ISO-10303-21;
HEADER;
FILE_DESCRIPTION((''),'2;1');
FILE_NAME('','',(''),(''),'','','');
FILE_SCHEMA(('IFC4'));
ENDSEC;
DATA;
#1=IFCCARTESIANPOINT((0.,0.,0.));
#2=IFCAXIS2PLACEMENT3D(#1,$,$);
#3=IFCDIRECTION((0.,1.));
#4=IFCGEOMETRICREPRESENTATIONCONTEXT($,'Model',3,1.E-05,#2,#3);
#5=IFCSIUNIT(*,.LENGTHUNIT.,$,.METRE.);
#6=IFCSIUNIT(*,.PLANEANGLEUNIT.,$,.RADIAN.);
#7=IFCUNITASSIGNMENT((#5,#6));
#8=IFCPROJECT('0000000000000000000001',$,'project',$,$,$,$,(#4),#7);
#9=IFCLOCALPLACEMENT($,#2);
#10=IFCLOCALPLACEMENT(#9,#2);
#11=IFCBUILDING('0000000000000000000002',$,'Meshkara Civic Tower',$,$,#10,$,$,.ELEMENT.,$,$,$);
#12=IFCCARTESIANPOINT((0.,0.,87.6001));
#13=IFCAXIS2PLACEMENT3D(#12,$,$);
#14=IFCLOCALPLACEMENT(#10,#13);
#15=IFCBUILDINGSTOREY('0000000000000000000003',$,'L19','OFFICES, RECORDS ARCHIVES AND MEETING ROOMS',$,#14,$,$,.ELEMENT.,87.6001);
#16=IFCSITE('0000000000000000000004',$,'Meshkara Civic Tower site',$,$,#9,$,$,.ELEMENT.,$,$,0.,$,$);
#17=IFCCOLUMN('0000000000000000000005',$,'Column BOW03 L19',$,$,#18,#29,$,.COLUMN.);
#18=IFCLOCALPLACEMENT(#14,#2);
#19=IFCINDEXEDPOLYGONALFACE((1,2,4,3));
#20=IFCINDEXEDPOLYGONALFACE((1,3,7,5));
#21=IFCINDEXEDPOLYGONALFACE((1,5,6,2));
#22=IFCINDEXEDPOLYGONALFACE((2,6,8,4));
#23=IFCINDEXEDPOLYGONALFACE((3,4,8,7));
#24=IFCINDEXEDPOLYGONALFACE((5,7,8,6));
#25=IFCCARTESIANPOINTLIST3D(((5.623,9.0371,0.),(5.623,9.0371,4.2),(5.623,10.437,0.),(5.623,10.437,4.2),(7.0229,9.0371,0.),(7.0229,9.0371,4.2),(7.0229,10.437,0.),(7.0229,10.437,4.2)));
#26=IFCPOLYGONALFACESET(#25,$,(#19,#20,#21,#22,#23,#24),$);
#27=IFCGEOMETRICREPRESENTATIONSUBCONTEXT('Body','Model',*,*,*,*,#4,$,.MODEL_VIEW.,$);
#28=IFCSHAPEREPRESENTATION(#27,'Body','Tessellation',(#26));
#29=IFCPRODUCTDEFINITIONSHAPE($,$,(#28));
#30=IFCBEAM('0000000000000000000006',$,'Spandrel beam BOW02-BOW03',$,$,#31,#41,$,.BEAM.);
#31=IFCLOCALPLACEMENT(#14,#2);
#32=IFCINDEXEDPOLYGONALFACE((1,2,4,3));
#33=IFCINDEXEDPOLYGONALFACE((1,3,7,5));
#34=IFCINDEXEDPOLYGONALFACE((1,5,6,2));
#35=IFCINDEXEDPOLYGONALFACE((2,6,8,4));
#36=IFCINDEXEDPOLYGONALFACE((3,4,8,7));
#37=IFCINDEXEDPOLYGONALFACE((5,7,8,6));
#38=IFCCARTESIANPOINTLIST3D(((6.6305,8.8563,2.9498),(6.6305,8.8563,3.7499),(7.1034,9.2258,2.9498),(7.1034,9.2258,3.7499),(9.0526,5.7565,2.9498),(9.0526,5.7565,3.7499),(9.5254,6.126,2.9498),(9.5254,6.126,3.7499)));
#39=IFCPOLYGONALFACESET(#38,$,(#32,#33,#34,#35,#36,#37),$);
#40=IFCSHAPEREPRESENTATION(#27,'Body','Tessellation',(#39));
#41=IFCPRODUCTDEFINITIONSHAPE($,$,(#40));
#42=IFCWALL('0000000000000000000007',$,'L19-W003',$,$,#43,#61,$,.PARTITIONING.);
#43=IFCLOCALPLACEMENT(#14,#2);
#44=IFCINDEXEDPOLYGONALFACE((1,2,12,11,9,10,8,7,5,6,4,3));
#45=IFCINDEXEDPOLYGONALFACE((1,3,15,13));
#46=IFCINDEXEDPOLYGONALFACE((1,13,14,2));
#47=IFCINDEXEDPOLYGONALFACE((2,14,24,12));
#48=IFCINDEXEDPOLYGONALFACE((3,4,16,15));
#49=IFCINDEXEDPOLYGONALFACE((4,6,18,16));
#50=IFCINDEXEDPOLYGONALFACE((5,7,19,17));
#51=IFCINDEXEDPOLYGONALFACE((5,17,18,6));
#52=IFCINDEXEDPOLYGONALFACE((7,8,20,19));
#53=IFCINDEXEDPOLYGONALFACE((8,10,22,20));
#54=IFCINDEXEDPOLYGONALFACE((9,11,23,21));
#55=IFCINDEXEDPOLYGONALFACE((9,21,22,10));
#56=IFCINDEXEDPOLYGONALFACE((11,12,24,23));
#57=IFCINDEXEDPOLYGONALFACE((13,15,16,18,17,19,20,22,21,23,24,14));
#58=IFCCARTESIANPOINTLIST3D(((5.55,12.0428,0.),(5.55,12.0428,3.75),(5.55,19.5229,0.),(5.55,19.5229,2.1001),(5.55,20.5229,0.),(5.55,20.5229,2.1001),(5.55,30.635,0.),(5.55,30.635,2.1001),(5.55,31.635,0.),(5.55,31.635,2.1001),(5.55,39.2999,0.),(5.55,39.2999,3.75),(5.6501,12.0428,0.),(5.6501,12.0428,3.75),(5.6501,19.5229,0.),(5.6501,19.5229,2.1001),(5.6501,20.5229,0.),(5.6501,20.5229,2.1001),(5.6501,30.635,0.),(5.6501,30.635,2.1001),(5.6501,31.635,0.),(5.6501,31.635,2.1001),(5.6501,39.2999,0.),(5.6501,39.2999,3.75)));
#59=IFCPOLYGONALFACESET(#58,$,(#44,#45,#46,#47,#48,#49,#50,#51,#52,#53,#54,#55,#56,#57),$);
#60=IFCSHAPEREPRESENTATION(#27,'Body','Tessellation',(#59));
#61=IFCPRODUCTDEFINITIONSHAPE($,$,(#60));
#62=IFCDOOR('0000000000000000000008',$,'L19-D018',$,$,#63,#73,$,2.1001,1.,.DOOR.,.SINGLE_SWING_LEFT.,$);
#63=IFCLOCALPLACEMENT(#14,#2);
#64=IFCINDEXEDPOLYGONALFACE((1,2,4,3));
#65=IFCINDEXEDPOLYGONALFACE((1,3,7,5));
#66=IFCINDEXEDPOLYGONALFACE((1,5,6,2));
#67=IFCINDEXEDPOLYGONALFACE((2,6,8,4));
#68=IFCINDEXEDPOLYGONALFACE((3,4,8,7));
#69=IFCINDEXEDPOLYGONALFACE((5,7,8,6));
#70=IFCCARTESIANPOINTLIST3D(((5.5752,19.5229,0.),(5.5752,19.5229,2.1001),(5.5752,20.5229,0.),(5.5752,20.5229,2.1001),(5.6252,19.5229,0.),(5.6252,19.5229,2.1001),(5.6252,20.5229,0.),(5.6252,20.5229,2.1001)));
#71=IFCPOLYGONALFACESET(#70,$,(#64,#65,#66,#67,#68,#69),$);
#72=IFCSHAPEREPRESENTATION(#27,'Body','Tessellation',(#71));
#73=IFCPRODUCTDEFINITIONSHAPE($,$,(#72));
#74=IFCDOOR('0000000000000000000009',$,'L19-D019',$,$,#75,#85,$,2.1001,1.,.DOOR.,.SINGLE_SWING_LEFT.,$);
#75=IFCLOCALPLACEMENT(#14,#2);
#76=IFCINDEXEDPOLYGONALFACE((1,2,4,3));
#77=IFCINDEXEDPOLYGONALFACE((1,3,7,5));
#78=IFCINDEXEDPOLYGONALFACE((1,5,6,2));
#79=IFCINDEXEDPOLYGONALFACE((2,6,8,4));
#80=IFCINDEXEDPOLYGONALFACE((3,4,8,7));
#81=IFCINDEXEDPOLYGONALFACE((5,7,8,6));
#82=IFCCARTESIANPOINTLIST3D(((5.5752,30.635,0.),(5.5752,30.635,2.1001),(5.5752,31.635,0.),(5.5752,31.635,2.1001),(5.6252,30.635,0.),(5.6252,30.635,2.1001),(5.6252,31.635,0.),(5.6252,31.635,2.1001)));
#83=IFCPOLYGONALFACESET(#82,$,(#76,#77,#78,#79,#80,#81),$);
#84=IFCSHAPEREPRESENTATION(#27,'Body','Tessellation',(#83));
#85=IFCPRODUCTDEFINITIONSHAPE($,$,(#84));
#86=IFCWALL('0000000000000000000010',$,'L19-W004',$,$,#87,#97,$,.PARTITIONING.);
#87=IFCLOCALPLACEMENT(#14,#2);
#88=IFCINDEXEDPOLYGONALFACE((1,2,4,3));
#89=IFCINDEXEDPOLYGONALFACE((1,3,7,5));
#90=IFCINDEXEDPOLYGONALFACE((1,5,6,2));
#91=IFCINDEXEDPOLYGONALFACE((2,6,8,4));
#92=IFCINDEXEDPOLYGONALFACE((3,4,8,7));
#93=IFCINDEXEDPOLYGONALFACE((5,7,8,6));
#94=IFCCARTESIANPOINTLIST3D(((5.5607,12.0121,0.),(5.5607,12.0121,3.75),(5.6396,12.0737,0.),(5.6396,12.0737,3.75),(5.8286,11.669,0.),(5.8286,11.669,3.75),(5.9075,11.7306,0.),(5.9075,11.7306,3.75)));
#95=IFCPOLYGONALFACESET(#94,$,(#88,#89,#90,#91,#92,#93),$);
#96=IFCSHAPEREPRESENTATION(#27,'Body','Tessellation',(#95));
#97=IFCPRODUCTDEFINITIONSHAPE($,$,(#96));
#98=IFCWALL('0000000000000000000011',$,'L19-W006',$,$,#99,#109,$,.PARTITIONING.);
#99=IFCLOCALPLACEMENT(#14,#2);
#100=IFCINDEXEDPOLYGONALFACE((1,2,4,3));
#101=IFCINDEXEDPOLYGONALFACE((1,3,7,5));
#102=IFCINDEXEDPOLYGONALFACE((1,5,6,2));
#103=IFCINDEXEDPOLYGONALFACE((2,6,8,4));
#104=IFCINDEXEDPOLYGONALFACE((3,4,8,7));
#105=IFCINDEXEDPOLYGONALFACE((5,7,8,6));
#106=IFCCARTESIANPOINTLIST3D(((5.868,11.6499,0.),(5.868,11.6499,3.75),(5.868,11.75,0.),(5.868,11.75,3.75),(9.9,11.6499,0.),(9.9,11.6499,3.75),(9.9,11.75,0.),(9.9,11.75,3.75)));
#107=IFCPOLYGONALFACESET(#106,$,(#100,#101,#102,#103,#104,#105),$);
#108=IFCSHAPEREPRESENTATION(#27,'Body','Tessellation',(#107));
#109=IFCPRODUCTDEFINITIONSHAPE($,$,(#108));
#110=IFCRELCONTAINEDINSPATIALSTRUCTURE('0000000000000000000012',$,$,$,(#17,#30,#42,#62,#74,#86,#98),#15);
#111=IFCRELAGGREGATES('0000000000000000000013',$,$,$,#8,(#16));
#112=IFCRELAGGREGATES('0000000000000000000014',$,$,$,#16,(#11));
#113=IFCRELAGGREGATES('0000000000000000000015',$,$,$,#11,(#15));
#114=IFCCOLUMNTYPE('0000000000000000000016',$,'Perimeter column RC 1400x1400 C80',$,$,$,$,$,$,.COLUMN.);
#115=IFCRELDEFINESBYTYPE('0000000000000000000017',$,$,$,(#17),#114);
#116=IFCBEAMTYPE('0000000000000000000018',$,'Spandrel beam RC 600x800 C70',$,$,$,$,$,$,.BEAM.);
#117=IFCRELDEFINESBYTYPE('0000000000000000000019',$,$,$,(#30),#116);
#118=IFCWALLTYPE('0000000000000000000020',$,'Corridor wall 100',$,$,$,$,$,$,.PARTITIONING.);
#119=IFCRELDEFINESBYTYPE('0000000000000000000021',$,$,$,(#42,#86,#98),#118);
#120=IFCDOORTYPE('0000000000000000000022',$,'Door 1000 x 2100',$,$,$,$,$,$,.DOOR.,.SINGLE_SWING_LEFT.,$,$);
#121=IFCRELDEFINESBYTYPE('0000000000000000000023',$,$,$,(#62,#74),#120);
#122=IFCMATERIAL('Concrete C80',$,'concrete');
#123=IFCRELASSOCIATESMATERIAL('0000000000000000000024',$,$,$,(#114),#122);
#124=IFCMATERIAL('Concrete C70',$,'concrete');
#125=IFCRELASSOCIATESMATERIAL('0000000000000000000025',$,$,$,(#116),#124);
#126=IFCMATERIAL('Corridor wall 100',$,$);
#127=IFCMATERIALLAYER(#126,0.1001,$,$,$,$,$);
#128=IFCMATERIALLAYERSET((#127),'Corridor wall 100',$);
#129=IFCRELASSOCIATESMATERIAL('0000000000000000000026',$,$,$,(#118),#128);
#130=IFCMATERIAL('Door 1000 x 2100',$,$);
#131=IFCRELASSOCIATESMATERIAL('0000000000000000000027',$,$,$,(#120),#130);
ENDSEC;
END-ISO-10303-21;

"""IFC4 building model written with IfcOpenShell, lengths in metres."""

from ifc_helpers import new_model, si_unit, direction, frame, frame_2d, origin, origin_2d, place, context, subcontext, project, spatial, rectangle, extrude, material, layer, layer_set, material_profile, profile_set, type_object, element, fill, save


model = new_model("IFC4")

# Units and contexts
model_context = context("Model", 3, precision=1e-05, world=origin(), true_north=direction((0.0, 1.0)))
body_context = subcontext(model_context, "Body", "Model", "MODEL_VIEW")
ifc_project = project(units=[si_unit("LENGTHUNIT", "METRE"), si_unit("PLANEANGLEUNIT", "RADIAN")], contexts=[model_context])

# Site, building, storey
site_placement = place(None, origin())
site = spatial("IfcSite", under=ifc_project, at=site_placement, Name="Meshkara Civic Tower site", CompositionType="ELEMENT", RefElevation=0.0)
building_placement = place(site_placement, origin())
building = spatial("IfcBuilding", under=site, at=building_placement, Name="Meshkara Civic Tower", CompositionType="ELEMENT")
storey_placement = place(building_placement, frame((0.0, 0.0, 87.6001)))
storey = spatial("IfcBuildingStorey", under=building, at=storey_placement, Name="L19", Description="OFFICES, RECORDS ARCHIVES AND MEETING ROOMS", CompositionType="ELEMENT", Elevation=87.6001)

# Column
ifc_material_1 = material(Name="Concrete C80", Category="concrete")
ifc_material_profile_1 = material_profile(ifc_material_1, rectangle(XDim=1.3999, YDim=1.3999, at=origin_2d()))
ifc_profile_set_1 = profile_set([ifc_material_profile_1], Name="Concrete C80")
column_type = type_object("IfcColumnType", Name="Perimeter column RC 1400x1400 C80", PredefinedType="COLUMN", material=ifc_profile_set_1)
column_placement = place(storey_placement, frame((6.323, 9.7371, 0.0), z_axis=(0.0, 0.0, 1.0), x_axis=(1.0, 0.0, 0.0)))
element("IfcColumn", 1, at=column_placement, inside=storey, type_object=column_type, Name="Column BOW03 L19", PredefinedType="COLUMN", context=body_context, shape_type="SweptSolid", body=[
    extrude(rectangle(XDim=1.3999, YDim=1.3999, at=origin_2d()), origin(), (0.0, 0.0, 1.0), 4.2),
])

# Beam
ifc_material_2 = material(Name="Concrete C70", Category="concrete")
ifc_material_profile_2 = material_profile(ifc_material_2, rectangle(XDim=0.6001, YDim=0.8, at=origin_2d()))
ifc_profile_set_2 = profile_set([ifc_material_profile_2], Name="Concrete C70")
beam_type = type_object("IfcBeamType", Name="Spandrel beam RC 600x800 C70", PredefinedType="BEAM", material=ifc_profile_set_2)
beam_placement = place(storey_placement, frame((6.8669, 9.041, 3.3499), z_axis=(0.615701, -0.78798, 0.0), x_axis=(0.78798, 0.615701, 0.0)))
element("IfcBeam", 2, at=beam_placement, inside=storey, type_object=beam_type, Name="Spandrel beam BOW02-BOW03", PredefinedType="BEAM", context=body_context, shape_type="SweptSolid", body=[
    extrude(rectangle(XDim=0.6001, YDim=0.8, at=origin_2d()), origin(), (0.0, 0.0, 1.0), 3.9338),
])

# Wall, openings, doors
ifc_material_3 = material(Name="Corridor wall 100")
ifc_layer_1 = layer(ifc_material_3, 0.1001)
ifc_layer_set_1 = layer_set([ifc_layer_1], Name="Corridor wall 100")
wall_type_1 = type_object("IfcWallType", Name="Corridor wall 100", PredefinedType="PARTITIONING", material=ifc_layer_set_1)
wall_1_placement = place(storey_placement, frame((5.6001, 12.043, 0.0), z_axis=(0.0, 0.0, 1.0), x_axis=(0.0, 1.0, 0.0)))
wall_1 = element("IfcWall", 3, at=wall_1_placement, inside=storey, type_object=wall_type_1, Name="L19-W003", PredefinedType="PARTITIONING", context=body_context, shape_type="SweptSolid", body=[
    extrude(rectangle(XDim=27.2571, YDim=0.1001, at=frame_2d((13.6284, 0.0))), origin(), (0.0, 0.0, 1.0), 3.75),
])
opening_1_placement = place(wall_1_placement, frame((7.48, 0.0, 0.0)))
opening_1 = element("IfcOpeningElement", 4, at=opening_1_placement, cuts=wall_1, PredefinedType="OPENING", context=body_context, shape_type="SweptSolid", body=[
    extrude(rectangle(XDim=1.0, YDim=2.1001, at=frame_2d((0.5, 1.05))), frame((0.0, 0.0601, 0.0), z_axis=(0.0, -1.0, 0.0), x_axis=(1.0, 0.0, 0.0)), (0.0, 0.0, 1.0), 0.1201),
])
opening_2_placement = place(wall_1_placement, frame((18.592, 0.0, 0.0)))
opening_2 = element("IfcOpeningElement", 5, at=opening_2_placement, cuts=wall_1, PredefinedType="OPENING", context=body_context, shape_type="SweptSolid", body=[
    extrude(rectangle(XDim=1.0, YDim=2.1001, at=frame_2d((0.5, 1.05))), frame((0.0, 0.0601, 0.0), z_axis=(0.0, -1.0, 0.0), x_axis=(1.0, 0.0, 0.0)), (0.0, 0.0, 1.0), 0.1201),
])
ifc_material_4 = material(Name="Door 1000 x 2100")
door_type_1 = type_object("IfcDoorType", Name="Door 1000 x 2100", OperationType="SINGLE_SWING_LEFT", PredefinedType="DOOR", material=ifc_material_4)
door_1_placement = place(opening_1_placement, origin())
door_1 = element("IfcDoor", 6, at=door_1_placement, inside=storey, type_object=door_type_1, Name="L19-D018", OperationType="SINGLE_SWING_LEFT", OverallHeight=2.1001, OverallWidth=1.0, PredefinedType="DOOR", context=body_context, shape_type="SweptSolid", body=[
    extrude(rectangle(XDim=1.0, YDim=2.1001, at=frame_2d((0.5, 1.05))), frame((0.0, 0.0249, 0.0), z_axis=(0.0, -1.0, 0.0), x_axis=(1.0, 0.0, 0.0)), (0.0, 0.0, 1.0), 0.05),
])
fill(opening_1, door_1)
door_2_placement = place(opening_2_placement, origin())
door_2 = element("IfcDoor", 7, at=door_2_placement, inside=storey, type_object=door_type_1, Name="L19-D019", OperationType="SINGLE_SWING_LEFT", OverallHeight=2.1001, OverallWidth=1.0, PredefinedType="DOOR", context=body_context, shape_type="SweptSolid", body=[
    extrude(rectangle(XDim=1.0, YDim=2.1001, at=frame_2d((0.5, 1.05))), frame((0.0, 0.0249, 0.0), z_axis=(0.0, -1.0, 0.0), x_axis=(1.0, 0.0, 0.0)), (0.0, 0.0, 1.0), 0.05),
])
fill(opening_2, door_2)

# Walls
wall_2_placement = place(storey_placement, frame((5.6001, 12.043, 0.0), z_axis=(0.0, 0.0, 1.0), x_axis=(0.615415, -0.788203, 0.0)))
element("IfcWall", 8, at=wall_2_placement, inside=storey, type_object=wall_type_1, Name="L19-W004", PredefinedType="PARTITIONING", context=body_context, shape_type="SweptSolid", body=[
    extrude(rectangle(XDim=0.4353, YDim=0.1001, at=frame_2d((0.2178, 0.0))), origin(), (0.0, 0.0, 1.0), 3.75),
])
wall_3_placement = place(storey_placement, frame((5.8679, 11.7, 0.0), z_axis=(0.0, 0.0, 1.0), x_axis=(1.0, 0.0, 0.0)))
element("IfcWall", 9, at=wall_3_placement, inside=storey, type_object=wall_type_1, Name="L19-W006", PredefinedType="PARTITIONING", context=body_context, shape_type="SweptSolid", body=[
    extrude(rectangle(XDim=4.032, YDim=0.1001, at=frame_2d((2.0161, 0.0))), origin(), (0.0, 0.0, 1.0), 3.75),
])

save(model, "model.ifc")
